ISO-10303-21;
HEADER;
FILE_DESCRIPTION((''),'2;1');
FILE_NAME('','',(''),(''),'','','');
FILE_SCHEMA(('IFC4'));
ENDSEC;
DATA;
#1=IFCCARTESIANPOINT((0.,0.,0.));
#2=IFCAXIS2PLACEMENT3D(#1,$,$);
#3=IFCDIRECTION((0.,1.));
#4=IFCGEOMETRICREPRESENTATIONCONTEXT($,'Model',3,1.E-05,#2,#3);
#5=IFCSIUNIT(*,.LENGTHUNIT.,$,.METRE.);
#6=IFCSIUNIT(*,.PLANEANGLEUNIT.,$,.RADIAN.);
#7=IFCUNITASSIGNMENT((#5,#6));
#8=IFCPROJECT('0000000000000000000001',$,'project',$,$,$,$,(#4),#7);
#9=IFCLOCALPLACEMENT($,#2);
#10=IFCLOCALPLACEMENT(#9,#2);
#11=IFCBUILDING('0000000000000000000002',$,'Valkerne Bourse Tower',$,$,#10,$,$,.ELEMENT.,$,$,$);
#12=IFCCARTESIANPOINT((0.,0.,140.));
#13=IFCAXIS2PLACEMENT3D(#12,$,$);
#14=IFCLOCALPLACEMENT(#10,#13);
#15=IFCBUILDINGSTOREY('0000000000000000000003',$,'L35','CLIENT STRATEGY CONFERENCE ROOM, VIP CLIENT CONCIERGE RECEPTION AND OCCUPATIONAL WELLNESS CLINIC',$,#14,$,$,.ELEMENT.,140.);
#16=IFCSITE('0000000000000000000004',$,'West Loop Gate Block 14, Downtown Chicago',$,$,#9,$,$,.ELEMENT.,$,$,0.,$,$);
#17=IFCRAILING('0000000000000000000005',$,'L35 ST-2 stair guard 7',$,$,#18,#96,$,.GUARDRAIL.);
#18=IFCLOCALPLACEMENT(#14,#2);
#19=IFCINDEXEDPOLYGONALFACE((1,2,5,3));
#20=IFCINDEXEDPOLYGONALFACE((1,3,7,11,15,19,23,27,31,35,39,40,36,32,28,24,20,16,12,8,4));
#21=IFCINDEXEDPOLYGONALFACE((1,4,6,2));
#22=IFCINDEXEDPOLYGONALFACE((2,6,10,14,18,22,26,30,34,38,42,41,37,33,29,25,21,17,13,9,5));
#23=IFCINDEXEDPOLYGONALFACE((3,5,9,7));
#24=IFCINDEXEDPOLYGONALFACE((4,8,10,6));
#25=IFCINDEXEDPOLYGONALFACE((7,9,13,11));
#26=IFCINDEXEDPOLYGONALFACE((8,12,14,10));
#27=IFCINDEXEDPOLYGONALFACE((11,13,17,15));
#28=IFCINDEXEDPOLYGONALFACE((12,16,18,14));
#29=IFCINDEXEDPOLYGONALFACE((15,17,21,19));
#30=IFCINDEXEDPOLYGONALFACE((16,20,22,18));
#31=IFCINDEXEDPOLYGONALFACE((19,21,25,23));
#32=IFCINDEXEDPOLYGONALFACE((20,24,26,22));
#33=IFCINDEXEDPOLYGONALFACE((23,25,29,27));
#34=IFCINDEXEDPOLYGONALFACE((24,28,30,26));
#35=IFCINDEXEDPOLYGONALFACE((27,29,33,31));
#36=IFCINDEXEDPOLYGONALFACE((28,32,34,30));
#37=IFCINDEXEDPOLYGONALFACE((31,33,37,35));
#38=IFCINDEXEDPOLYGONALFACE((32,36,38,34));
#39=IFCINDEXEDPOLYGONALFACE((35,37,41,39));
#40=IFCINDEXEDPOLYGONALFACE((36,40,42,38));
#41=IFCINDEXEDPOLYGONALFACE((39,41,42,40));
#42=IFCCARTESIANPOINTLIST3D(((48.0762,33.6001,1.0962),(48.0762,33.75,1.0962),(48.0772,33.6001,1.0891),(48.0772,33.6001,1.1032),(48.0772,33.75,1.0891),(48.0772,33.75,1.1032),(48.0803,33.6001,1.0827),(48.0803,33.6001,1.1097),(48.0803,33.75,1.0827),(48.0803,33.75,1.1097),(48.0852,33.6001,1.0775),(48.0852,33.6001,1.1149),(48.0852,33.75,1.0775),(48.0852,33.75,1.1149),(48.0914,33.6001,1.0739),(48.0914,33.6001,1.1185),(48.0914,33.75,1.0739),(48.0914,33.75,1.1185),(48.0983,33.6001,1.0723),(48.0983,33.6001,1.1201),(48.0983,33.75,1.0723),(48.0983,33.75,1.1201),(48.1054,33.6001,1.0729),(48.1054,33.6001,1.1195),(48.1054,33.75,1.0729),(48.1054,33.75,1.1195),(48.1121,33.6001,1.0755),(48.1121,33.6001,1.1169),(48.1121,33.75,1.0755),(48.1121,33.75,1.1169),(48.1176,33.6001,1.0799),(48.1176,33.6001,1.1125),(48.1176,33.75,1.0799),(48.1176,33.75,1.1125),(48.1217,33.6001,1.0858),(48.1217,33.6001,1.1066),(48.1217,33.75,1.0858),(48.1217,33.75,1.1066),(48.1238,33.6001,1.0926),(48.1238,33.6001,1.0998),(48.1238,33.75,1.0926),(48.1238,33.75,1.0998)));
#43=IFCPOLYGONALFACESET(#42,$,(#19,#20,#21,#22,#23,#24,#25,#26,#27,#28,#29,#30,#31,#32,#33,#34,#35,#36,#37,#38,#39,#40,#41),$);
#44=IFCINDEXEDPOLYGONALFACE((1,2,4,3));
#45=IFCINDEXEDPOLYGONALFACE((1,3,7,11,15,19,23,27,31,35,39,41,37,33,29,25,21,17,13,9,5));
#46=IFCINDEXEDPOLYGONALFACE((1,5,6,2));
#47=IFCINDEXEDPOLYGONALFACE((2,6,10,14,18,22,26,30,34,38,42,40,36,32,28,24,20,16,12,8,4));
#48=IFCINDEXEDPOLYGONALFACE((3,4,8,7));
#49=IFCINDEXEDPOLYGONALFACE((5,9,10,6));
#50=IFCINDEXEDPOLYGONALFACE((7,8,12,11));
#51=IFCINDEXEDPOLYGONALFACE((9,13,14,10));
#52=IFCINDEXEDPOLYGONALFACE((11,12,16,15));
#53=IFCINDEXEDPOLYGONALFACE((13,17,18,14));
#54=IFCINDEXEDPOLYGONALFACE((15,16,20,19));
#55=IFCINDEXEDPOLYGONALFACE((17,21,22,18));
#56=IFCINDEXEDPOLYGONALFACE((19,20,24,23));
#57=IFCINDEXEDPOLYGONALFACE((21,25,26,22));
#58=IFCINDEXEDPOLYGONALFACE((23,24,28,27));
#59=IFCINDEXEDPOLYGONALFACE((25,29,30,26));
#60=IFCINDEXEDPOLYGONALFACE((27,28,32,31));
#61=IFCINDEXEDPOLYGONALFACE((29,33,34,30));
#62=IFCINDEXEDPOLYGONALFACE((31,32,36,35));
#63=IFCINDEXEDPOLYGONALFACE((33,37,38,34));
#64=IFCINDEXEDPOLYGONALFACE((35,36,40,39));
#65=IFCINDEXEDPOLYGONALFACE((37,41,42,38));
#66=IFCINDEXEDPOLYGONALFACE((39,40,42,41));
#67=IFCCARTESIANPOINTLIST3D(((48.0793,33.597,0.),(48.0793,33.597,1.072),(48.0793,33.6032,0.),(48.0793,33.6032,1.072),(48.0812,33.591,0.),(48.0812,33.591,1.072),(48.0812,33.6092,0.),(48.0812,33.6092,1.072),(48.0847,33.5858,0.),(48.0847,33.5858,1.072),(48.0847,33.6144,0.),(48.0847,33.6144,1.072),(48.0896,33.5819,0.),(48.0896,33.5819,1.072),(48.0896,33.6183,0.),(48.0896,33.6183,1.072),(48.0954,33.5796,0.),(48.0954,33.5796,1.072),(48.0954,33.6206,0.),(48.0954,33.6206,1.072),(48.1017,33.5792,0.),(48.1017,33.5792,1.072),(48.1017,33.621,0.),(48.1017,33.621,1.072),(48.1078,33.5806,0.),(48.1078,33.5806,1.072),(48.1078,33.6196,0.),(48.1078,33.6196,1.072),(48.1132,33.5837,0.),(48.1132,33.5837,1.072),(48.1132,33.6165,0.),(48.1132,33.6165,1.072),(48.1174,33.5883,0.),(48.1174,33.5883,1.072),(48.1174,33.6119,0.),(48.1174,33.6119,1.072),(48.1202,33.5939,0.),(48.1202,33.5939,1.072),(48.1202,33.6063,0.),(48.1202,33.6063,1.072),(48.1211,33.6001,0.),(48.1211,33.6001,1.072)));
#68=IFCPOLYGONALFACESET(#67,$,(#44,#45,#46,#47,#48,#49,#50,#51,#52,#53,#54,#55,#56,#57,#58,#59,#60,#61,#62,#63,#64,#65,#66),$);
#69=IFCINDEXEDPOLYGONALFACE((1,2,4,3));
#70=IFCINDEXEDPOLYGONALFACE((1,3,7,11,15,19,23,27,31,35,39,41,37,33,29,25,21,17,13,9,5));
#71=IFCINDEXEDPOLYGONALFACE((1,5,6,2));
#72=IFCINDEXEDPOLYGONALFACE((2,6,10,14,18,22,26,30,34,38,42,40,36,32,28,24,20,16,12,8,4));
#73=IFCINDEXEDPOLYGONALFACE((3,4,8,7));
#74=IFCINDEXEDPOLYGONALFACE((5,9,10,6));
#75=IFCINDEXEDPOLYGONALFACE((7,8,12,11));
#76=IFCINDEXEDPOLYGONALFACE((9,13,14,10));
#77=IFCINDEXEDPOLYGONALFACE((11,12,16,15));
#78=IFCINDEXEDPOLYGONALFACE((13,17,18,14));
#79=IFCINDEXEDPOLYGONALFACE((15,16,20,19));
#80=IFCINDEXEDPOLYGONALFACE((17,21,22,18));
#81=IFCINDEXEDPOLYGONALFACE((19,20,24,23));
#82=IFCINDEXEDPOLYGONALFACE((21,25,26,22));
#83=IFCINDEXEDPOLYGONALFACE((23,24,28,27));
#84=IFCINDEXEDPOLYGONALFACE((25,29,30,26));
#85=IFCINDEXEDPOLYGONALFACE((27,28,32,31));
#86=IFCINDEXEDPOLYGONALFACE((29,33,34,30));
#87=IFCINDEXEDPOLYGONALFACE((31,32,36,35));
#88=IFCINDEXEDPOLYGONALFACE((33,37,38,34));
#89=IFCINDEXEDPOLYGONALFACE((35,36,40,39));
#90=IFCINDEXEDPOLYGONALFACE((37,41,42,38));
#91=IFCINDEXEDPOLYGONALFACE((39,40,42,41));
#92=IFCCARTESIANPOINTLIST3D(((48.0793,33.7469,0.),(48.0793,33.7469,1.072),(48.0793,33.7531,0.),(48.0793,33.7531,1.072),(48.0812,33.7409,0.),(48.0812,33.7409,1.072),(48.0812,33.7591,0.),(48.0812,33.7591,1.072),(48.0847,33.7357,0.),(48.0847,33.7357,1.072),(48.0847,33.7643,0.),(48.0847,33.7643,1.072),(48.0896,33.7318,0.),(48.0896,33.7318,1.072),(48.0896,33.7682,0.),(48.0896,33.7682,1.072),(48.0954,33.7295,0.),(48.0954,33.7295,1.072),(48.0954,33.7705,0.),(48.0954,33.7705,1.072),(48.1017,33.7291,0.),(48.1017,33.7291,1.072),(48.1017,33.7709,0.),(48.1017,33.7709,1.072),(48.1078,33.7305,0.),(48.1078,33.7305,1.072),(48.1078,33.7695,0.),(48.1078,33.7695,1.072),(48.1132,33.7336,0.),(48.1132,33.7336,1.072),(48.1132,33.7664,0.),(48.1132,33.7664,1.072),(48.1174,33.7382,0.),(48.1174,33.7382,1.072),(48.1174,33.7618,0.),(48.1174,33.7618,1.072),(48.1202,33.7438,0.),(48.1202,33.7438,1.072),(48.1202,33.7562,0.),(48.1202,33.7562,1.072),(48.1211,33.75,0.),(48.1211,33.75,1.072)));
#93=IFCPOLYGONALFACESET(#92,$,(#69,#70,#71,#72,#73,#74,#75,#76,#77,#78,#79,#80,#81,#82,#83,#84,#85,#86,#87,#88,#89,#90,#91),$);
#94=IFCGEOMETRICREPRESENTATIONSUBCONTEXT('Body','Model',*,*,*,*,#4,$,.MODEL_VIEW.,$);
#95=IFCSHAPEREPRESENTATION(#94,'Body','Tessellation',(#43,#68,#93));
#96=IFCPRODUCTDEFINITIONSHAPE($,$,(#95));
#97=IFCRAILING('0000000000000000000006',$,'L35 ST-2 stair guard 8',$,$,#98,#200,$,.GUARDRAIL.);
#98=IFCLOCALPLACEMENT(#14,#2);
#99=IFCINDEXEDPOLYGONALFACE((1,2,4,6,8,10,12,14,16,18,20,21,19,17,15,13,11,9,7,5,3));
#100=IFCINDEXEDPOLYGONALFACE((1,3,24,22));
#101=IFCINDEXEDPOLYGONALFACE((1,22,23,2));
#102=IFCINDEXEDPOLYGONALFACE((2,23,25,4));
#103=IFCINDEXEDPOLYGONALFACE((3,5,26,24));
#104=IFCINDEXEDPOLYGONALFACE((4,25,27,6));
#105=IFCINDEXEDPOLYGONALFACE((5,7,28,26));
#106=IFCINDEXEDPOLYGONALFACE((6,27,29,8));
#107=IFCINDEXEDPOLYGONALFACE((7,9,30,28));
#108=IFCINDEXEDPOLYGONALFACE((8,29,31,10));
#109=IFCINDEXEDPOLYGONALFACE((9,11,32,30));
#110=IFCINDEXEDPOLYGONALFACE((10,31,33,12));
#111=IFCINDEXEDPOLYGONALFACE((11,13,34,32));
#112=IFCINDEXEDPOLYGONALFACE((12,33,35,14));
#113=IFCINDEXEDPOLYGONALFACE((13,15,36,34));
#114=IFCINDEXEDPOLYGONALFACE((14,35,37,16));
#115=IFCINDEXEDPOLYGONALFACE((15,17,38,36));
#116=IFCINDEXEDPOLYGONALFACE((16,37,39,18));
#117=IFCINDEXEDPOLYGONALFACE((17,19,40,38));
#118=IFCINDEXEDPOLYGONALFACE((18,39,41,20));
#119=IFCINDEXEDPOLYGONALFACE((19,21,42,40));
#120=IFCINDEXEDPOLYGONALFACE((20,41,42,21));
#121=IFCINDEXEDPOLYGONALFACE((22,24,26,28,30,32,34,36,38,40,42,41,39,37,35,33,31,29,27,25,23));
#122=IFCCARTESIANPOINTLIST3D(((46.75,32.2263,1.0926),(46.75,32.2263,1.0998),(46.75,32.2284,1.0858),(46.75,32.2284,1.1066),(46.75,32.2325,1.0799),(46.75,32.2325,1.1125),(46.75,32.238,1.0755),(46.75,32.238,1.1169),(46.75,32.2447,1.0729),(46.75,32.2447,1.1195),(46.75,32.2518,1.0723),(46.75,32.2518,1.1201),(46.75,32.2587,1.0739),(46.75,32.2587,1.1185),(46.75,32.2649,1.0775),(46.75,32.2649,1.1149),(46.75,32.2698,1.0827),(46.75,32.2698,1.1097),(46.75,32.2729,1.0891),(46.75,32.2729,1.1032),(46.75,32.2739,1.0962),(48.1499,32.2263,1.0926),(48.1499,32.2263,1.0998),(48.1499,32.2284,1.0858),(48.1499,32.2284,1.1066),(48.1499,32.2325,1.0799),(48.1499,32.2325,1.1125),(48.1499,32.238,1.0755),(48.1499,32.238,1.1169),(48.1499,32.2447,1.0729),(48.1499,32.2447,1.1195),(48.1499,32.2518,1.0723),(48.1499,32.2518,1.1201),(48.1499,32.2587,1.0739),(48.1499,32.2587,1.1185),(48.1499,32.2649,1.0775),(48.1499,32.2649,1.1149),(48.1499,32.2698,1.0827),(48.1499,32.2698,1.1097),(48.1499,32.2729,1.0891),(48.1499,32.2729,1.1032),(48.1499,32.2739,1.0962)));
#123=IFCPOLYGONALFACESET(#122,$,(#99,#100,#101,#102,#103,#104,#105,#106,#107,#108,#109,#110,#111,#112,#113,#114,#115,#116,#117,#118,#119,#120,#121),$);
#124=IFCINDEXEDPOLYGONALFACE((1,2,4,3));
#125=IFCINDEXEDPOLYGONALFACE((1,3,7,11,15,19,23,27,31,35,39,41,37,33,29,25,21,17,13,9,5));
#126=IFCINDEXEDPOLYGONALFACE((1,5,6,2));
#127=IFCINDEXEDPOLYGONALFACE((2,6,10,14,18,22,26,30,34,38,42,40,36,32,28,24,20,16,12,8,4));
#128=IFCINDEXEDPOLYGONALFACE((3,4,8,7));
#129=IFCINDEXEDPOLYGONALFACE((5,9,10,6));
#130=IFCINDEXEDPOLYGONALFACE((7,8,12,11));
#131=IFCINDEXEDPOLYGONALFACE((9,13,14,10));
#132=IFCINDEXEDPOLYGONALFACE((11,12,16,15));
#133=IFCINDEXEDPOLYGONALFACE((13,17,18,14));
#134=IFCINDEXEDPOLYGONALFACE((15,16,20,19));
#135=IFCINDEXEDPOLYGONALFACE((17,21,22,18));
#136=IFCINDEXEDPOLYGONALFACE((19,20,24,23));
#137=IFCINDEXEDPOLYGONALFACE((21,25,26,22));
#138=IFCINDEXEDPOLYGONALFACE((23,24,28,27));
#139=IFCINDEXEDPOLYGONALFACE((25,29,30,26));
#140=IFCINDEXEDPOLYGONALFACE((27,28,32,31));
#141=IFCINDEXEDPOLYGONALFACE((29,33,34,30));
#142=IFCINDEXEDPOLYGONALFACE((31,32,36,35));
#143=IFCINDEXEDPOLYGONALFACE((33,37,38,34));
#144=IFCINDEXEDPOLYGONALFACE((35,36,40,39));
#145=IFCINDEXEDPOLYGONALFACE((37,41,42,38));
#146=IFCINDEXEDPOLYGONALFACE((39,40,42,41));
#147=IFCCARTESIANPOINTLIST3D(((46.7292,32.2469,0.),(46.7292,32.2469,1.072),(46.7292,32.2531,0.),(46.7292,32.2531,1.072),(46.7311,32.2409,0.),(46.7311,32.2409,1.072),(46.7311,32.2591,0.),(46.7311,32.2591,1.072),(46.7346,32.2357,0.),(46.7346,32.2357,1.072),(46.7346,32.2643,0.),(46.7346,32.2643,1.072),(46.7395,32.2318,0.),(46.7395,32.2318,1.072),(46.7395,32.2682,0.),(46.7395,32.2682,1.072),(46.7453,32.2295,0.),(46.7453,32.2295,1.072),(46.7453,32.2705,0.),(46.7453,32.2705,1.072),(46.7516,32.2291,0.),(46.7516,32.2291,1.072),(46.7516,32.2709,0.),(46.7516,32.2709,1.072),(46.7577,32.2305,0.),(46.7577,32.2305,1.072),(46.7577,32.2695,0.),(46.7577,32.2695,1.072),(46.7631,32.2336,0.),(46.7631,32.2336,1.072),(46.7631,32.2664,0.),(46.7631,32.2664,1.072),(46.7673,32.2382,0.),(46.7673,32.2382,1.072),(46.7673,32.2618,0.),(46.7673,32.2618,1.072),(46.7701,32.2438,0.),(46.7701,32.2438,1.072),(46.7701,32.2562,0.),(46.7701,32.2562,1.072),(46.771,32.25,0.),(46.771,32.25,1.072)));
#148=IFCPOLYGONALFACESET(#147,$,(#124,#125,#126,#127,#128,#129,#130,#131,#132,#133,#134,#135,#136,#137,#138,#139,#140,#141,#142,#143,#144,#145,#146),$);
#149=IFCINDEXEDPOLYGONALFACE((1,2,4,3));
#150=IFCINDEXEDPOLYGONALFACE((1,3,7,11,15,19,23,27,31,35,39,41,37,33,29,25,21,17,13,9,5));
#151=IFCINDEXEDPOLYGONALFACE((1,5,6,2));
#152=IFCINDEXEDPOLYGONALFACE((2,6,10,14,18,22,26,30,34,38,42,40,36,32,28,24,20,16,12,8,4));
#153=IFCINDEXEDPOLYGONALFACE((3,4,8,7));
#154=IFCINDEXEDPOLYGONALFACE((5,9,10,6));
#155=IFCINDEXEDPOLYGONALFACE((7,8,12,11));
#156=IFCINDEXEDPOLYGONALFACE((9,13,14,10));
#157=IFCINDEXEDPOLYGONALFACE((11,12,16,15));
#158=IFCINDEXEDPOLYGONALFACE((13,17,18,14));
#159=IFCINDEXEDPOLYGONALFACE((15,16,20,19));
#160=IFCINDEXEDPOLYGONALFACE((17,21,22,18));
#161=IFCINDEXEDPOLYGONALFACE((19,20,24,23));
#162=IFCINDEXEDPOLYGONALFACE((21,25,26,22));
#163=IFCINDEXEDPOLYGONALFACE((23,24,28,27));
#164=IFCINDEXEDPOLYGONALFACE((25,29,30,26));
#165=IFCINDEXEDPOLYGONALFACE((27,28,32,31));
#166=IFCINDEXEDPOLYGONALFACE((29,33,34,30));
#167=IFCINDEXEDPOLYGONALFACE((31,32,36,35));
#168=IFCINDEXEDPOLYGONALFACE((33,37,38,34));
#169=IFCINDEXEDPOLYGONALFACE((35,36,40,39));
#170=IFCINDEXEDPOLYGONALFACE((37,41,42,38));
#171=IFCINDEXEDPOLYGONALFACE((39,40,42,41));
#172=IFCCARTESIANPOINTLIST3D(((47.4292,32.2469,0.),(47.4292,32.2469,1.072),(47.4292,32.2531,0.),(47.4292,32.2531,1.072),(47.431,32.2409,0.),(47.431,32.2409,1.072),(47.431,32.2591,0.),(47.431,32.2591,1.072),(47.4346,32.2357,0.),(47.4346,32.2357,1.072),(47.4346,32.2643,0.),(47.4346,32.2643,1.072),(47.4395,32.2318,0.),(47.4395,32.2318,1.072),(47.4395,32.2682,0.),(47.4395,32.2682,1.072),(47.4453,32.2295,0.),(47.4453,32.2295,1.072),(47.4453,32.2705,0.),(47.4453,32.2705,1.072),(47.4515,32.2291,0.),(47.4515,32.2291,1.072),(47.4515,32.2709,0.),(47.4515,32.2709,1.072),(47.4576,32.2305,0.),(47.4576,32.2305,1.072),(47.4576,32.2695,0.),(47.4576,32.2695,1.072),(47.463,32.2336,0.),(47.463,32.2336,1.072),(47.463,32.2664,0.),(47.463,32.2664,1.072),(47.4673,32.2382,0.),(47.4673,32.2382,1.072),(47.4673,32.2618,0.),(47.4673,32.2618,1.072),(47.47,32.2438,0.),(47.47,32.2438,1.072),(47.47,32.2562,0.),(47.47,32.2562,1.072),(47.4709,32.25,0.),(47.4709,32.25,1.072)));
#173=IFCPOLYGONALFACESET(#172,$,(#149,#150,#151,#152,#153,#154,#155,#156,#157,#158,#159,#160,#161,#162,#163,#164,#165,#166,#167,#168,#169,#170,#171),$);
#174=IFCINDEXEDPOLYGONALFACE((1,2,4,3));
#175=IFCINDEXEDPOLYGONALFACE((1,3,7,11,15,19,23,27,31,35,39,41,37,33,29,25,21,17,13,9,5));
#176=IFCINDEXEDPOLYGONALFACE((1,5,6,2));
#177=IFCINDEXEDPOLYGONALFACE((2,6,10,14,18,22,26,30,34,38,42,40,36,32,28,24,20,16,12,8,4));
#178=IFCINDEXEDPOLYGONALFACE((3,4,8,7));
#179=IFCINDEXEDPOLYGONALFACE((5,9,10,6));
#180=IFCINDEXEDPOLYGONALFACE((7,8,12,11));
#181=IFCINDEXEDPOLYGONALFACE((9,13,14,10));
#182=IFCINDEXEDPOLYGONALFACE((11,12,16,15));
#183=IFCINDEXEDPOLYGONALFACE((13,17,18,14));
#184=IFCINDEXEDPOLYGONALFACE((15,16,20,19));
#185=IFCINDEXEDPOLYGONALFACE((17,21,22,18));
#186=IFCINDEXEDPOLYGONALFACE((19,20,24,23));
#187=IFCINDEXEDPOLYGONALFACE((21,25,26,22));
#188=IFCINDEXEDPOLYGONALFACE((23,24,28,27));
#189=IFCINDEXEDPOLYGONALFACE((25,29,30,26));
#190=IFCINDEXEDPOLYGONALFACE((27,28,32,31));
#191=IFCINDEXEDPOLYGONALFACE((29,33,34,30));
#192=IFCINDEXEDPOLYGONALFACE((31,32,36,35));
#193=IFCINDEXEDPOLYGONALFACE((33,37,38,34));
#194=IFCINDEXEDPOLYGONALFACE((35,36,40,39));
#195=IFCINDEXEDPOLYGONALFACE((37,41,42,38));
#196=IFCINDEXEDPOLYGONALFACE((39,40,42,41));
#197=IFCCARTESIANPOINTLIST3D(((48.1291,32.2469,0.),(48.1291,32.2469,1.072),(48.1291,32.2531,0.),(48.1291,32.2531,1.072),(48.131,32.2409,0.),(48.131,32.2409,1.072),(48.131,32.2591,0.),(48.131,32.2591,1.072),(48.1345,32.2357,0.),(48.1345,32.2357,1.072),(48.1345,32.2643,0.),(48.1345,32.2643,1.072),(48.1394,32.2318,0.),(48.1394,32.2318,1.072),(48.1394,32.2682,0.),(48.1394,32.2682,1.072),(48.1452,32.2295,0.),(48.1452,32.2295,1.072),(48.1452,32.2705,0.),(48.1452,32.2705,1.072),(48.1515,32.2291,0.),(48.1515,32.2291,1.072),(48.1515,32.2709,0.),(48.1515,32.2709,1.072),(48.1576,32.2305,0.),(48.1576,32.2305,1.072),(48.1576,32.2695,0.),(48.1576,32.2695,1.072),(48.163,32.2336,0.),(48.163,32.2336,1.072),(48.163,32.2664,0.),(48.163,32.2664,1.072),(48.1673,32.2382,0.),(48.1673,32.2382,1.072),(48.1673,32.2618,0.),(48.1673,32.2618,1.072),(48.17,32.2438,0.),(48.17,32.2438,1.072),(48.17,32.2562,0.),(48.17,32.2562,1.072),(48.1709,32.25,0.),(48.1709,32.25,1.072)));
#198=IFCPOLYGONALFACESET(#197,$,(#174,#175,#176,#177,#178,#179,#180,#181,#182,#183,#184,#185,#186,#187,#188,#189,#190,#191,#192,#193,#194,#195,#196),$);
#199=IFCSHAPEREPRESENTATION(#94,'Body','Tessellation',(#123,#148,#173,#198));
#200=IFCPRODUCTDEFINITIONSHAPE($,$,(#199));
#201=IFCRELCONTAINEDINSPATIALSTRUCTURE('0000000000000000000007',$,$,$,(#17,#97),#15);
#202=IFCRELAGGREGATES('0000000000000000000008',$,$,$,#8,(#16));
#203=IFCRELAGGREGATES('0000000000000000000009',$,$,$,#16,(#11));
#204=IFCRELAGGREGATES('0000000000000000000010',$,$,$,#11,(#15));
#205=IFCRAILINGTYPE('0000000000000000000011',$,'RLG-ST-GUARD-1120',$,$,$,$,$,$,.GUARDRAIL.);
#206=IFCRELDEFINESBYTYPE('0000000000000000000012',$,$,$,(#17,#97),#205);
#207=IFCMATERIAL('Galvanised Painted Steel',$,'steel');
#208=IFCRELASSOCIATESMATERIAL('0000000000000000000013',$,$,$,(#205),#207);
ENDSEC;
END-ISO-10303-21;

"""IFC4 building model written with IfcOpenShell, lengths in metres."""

from ifc_helpers import new_model, si_unit, direction, frame, origin, origin_2d, place, context, subcontext, project, spatial, circle, extrude, material, type_object, element, save


model = new_model("IFC4")

# Units and contexts
model_context = context("Model", 3, precision=1e-05, world=origin(), true_north=direction((0.0, 1.0)))
body_context = subcontext(model_context, "Body", "Model", "MODEL_VIEW")
ifc_project = project(units=[si_unit("LENGTHUNIT", "METRE"), si_unit("PLANEANGLEUNIT", "RADIAN")], contexts=[model_context])

# Site, building, storey
site_placement = place(None, origin())
site = spatial("IfcSite", under=ifc_project, at=site_placement, Name="West Loop Gate Block 14, Downtown Chicago", CompositionType="ELEMENT", RefElevation=0.0)
building_placement = place(site_placement, origin())
building = spatial("IfcBuilding", under=site, at=building_placement, Name="Valkerne Bourse Tower", CompositionType="ELEMENT")
storey_placement = place(building_placement, frame((0.0, 0.0, 140.0)))
storey = spatial("IfcBuildingStorey", under=building, at=storey_placement, Name="L35", Description="CLIENT STRATEGY CONFERENCE ROOM, VIP CLIENT CONCIERGE RECEPTION AND OCCUPATIONAL WELLNESS CLINIC", CompositionType="ELEMENT", Elevation=140.0)

# Shared definitions
ifc_material_1 = material(Name="Galvanised Painted Steel", Category="steel")

# Railings
railing_type_1 = type_object("IfcRailingType", Name="RLG-ST-GUARD-1120", PredefinedType="GUARDRAIL", material=ifc_material_1)
railing_1_placement = place(storey_placement, frame((48.1001, 33.6001, 0.0)))
element("IfcRailing", 1, at=railing_1_placement, inside=storey, type_object=railing_type_1, Name="L35 ST-2 stair guard 7", PredefinedType="GUARDRAIL", context=body_context, shape_type="SweptSolid", body=[
    extrude(circle(Radius=0.0239, at=origin_2d()), frame((0.0, 0.0, 1.0962), z_axis=(0.0, 1.0, 0.0), x_axis=(-1.0, 0.0, 0.0)), (0.0, 0.0, 1.0), 0.1499),
    extrude(circle(Radius=0.021, at=origin_2d()), origin(), (0.0, 0.0, 1.0), 1.072),
    extrude(circle(Radius=0.021, at=origin_2d()), frame((0.0, 0.1499, 0.0)), (0.0, 0.0, 1.0), 1.072),
])
for number, where, name in (
    (2, (46.75, 32.25, 0.0), "L35 ST-2 stair guard 8"),
):
    element("IfcRailing", number, at=place(storey_placement, frame(where)), inside=storey, type_object=railing_type_1, Name=name, PredefinedType="GUARDRAIL", context=body_context, shape_type="SweptSolid", body=[
        extrude(circle(Radius=0.0239, at=origin_2d()), frame((0.0, 0.0, 1.0962), z_axis=(1.0, 0.0, 0.0), x_axis=(0.0, 1.0, 0.0)), (0.0, 0.0, 1.0), 1.3999),
        extrude(circle(Radius=0.021, at=origin_2d()), origin(), (0.0, 0.0, 1.0), 1.072),
        extrude(circle(Radius=0.021, at=origin_2d()), frame((0.7, 0.0, 0.0)), (0.0, 0.0, 1.0), 1.072),
        extrude(circle(Radius=0.021, at=origin_2d()), frame((1.3999, 0.0, 0.0)), (0.0, 0.0, 1.0), 1.072),
    ])

save(model, "model.ifc")
